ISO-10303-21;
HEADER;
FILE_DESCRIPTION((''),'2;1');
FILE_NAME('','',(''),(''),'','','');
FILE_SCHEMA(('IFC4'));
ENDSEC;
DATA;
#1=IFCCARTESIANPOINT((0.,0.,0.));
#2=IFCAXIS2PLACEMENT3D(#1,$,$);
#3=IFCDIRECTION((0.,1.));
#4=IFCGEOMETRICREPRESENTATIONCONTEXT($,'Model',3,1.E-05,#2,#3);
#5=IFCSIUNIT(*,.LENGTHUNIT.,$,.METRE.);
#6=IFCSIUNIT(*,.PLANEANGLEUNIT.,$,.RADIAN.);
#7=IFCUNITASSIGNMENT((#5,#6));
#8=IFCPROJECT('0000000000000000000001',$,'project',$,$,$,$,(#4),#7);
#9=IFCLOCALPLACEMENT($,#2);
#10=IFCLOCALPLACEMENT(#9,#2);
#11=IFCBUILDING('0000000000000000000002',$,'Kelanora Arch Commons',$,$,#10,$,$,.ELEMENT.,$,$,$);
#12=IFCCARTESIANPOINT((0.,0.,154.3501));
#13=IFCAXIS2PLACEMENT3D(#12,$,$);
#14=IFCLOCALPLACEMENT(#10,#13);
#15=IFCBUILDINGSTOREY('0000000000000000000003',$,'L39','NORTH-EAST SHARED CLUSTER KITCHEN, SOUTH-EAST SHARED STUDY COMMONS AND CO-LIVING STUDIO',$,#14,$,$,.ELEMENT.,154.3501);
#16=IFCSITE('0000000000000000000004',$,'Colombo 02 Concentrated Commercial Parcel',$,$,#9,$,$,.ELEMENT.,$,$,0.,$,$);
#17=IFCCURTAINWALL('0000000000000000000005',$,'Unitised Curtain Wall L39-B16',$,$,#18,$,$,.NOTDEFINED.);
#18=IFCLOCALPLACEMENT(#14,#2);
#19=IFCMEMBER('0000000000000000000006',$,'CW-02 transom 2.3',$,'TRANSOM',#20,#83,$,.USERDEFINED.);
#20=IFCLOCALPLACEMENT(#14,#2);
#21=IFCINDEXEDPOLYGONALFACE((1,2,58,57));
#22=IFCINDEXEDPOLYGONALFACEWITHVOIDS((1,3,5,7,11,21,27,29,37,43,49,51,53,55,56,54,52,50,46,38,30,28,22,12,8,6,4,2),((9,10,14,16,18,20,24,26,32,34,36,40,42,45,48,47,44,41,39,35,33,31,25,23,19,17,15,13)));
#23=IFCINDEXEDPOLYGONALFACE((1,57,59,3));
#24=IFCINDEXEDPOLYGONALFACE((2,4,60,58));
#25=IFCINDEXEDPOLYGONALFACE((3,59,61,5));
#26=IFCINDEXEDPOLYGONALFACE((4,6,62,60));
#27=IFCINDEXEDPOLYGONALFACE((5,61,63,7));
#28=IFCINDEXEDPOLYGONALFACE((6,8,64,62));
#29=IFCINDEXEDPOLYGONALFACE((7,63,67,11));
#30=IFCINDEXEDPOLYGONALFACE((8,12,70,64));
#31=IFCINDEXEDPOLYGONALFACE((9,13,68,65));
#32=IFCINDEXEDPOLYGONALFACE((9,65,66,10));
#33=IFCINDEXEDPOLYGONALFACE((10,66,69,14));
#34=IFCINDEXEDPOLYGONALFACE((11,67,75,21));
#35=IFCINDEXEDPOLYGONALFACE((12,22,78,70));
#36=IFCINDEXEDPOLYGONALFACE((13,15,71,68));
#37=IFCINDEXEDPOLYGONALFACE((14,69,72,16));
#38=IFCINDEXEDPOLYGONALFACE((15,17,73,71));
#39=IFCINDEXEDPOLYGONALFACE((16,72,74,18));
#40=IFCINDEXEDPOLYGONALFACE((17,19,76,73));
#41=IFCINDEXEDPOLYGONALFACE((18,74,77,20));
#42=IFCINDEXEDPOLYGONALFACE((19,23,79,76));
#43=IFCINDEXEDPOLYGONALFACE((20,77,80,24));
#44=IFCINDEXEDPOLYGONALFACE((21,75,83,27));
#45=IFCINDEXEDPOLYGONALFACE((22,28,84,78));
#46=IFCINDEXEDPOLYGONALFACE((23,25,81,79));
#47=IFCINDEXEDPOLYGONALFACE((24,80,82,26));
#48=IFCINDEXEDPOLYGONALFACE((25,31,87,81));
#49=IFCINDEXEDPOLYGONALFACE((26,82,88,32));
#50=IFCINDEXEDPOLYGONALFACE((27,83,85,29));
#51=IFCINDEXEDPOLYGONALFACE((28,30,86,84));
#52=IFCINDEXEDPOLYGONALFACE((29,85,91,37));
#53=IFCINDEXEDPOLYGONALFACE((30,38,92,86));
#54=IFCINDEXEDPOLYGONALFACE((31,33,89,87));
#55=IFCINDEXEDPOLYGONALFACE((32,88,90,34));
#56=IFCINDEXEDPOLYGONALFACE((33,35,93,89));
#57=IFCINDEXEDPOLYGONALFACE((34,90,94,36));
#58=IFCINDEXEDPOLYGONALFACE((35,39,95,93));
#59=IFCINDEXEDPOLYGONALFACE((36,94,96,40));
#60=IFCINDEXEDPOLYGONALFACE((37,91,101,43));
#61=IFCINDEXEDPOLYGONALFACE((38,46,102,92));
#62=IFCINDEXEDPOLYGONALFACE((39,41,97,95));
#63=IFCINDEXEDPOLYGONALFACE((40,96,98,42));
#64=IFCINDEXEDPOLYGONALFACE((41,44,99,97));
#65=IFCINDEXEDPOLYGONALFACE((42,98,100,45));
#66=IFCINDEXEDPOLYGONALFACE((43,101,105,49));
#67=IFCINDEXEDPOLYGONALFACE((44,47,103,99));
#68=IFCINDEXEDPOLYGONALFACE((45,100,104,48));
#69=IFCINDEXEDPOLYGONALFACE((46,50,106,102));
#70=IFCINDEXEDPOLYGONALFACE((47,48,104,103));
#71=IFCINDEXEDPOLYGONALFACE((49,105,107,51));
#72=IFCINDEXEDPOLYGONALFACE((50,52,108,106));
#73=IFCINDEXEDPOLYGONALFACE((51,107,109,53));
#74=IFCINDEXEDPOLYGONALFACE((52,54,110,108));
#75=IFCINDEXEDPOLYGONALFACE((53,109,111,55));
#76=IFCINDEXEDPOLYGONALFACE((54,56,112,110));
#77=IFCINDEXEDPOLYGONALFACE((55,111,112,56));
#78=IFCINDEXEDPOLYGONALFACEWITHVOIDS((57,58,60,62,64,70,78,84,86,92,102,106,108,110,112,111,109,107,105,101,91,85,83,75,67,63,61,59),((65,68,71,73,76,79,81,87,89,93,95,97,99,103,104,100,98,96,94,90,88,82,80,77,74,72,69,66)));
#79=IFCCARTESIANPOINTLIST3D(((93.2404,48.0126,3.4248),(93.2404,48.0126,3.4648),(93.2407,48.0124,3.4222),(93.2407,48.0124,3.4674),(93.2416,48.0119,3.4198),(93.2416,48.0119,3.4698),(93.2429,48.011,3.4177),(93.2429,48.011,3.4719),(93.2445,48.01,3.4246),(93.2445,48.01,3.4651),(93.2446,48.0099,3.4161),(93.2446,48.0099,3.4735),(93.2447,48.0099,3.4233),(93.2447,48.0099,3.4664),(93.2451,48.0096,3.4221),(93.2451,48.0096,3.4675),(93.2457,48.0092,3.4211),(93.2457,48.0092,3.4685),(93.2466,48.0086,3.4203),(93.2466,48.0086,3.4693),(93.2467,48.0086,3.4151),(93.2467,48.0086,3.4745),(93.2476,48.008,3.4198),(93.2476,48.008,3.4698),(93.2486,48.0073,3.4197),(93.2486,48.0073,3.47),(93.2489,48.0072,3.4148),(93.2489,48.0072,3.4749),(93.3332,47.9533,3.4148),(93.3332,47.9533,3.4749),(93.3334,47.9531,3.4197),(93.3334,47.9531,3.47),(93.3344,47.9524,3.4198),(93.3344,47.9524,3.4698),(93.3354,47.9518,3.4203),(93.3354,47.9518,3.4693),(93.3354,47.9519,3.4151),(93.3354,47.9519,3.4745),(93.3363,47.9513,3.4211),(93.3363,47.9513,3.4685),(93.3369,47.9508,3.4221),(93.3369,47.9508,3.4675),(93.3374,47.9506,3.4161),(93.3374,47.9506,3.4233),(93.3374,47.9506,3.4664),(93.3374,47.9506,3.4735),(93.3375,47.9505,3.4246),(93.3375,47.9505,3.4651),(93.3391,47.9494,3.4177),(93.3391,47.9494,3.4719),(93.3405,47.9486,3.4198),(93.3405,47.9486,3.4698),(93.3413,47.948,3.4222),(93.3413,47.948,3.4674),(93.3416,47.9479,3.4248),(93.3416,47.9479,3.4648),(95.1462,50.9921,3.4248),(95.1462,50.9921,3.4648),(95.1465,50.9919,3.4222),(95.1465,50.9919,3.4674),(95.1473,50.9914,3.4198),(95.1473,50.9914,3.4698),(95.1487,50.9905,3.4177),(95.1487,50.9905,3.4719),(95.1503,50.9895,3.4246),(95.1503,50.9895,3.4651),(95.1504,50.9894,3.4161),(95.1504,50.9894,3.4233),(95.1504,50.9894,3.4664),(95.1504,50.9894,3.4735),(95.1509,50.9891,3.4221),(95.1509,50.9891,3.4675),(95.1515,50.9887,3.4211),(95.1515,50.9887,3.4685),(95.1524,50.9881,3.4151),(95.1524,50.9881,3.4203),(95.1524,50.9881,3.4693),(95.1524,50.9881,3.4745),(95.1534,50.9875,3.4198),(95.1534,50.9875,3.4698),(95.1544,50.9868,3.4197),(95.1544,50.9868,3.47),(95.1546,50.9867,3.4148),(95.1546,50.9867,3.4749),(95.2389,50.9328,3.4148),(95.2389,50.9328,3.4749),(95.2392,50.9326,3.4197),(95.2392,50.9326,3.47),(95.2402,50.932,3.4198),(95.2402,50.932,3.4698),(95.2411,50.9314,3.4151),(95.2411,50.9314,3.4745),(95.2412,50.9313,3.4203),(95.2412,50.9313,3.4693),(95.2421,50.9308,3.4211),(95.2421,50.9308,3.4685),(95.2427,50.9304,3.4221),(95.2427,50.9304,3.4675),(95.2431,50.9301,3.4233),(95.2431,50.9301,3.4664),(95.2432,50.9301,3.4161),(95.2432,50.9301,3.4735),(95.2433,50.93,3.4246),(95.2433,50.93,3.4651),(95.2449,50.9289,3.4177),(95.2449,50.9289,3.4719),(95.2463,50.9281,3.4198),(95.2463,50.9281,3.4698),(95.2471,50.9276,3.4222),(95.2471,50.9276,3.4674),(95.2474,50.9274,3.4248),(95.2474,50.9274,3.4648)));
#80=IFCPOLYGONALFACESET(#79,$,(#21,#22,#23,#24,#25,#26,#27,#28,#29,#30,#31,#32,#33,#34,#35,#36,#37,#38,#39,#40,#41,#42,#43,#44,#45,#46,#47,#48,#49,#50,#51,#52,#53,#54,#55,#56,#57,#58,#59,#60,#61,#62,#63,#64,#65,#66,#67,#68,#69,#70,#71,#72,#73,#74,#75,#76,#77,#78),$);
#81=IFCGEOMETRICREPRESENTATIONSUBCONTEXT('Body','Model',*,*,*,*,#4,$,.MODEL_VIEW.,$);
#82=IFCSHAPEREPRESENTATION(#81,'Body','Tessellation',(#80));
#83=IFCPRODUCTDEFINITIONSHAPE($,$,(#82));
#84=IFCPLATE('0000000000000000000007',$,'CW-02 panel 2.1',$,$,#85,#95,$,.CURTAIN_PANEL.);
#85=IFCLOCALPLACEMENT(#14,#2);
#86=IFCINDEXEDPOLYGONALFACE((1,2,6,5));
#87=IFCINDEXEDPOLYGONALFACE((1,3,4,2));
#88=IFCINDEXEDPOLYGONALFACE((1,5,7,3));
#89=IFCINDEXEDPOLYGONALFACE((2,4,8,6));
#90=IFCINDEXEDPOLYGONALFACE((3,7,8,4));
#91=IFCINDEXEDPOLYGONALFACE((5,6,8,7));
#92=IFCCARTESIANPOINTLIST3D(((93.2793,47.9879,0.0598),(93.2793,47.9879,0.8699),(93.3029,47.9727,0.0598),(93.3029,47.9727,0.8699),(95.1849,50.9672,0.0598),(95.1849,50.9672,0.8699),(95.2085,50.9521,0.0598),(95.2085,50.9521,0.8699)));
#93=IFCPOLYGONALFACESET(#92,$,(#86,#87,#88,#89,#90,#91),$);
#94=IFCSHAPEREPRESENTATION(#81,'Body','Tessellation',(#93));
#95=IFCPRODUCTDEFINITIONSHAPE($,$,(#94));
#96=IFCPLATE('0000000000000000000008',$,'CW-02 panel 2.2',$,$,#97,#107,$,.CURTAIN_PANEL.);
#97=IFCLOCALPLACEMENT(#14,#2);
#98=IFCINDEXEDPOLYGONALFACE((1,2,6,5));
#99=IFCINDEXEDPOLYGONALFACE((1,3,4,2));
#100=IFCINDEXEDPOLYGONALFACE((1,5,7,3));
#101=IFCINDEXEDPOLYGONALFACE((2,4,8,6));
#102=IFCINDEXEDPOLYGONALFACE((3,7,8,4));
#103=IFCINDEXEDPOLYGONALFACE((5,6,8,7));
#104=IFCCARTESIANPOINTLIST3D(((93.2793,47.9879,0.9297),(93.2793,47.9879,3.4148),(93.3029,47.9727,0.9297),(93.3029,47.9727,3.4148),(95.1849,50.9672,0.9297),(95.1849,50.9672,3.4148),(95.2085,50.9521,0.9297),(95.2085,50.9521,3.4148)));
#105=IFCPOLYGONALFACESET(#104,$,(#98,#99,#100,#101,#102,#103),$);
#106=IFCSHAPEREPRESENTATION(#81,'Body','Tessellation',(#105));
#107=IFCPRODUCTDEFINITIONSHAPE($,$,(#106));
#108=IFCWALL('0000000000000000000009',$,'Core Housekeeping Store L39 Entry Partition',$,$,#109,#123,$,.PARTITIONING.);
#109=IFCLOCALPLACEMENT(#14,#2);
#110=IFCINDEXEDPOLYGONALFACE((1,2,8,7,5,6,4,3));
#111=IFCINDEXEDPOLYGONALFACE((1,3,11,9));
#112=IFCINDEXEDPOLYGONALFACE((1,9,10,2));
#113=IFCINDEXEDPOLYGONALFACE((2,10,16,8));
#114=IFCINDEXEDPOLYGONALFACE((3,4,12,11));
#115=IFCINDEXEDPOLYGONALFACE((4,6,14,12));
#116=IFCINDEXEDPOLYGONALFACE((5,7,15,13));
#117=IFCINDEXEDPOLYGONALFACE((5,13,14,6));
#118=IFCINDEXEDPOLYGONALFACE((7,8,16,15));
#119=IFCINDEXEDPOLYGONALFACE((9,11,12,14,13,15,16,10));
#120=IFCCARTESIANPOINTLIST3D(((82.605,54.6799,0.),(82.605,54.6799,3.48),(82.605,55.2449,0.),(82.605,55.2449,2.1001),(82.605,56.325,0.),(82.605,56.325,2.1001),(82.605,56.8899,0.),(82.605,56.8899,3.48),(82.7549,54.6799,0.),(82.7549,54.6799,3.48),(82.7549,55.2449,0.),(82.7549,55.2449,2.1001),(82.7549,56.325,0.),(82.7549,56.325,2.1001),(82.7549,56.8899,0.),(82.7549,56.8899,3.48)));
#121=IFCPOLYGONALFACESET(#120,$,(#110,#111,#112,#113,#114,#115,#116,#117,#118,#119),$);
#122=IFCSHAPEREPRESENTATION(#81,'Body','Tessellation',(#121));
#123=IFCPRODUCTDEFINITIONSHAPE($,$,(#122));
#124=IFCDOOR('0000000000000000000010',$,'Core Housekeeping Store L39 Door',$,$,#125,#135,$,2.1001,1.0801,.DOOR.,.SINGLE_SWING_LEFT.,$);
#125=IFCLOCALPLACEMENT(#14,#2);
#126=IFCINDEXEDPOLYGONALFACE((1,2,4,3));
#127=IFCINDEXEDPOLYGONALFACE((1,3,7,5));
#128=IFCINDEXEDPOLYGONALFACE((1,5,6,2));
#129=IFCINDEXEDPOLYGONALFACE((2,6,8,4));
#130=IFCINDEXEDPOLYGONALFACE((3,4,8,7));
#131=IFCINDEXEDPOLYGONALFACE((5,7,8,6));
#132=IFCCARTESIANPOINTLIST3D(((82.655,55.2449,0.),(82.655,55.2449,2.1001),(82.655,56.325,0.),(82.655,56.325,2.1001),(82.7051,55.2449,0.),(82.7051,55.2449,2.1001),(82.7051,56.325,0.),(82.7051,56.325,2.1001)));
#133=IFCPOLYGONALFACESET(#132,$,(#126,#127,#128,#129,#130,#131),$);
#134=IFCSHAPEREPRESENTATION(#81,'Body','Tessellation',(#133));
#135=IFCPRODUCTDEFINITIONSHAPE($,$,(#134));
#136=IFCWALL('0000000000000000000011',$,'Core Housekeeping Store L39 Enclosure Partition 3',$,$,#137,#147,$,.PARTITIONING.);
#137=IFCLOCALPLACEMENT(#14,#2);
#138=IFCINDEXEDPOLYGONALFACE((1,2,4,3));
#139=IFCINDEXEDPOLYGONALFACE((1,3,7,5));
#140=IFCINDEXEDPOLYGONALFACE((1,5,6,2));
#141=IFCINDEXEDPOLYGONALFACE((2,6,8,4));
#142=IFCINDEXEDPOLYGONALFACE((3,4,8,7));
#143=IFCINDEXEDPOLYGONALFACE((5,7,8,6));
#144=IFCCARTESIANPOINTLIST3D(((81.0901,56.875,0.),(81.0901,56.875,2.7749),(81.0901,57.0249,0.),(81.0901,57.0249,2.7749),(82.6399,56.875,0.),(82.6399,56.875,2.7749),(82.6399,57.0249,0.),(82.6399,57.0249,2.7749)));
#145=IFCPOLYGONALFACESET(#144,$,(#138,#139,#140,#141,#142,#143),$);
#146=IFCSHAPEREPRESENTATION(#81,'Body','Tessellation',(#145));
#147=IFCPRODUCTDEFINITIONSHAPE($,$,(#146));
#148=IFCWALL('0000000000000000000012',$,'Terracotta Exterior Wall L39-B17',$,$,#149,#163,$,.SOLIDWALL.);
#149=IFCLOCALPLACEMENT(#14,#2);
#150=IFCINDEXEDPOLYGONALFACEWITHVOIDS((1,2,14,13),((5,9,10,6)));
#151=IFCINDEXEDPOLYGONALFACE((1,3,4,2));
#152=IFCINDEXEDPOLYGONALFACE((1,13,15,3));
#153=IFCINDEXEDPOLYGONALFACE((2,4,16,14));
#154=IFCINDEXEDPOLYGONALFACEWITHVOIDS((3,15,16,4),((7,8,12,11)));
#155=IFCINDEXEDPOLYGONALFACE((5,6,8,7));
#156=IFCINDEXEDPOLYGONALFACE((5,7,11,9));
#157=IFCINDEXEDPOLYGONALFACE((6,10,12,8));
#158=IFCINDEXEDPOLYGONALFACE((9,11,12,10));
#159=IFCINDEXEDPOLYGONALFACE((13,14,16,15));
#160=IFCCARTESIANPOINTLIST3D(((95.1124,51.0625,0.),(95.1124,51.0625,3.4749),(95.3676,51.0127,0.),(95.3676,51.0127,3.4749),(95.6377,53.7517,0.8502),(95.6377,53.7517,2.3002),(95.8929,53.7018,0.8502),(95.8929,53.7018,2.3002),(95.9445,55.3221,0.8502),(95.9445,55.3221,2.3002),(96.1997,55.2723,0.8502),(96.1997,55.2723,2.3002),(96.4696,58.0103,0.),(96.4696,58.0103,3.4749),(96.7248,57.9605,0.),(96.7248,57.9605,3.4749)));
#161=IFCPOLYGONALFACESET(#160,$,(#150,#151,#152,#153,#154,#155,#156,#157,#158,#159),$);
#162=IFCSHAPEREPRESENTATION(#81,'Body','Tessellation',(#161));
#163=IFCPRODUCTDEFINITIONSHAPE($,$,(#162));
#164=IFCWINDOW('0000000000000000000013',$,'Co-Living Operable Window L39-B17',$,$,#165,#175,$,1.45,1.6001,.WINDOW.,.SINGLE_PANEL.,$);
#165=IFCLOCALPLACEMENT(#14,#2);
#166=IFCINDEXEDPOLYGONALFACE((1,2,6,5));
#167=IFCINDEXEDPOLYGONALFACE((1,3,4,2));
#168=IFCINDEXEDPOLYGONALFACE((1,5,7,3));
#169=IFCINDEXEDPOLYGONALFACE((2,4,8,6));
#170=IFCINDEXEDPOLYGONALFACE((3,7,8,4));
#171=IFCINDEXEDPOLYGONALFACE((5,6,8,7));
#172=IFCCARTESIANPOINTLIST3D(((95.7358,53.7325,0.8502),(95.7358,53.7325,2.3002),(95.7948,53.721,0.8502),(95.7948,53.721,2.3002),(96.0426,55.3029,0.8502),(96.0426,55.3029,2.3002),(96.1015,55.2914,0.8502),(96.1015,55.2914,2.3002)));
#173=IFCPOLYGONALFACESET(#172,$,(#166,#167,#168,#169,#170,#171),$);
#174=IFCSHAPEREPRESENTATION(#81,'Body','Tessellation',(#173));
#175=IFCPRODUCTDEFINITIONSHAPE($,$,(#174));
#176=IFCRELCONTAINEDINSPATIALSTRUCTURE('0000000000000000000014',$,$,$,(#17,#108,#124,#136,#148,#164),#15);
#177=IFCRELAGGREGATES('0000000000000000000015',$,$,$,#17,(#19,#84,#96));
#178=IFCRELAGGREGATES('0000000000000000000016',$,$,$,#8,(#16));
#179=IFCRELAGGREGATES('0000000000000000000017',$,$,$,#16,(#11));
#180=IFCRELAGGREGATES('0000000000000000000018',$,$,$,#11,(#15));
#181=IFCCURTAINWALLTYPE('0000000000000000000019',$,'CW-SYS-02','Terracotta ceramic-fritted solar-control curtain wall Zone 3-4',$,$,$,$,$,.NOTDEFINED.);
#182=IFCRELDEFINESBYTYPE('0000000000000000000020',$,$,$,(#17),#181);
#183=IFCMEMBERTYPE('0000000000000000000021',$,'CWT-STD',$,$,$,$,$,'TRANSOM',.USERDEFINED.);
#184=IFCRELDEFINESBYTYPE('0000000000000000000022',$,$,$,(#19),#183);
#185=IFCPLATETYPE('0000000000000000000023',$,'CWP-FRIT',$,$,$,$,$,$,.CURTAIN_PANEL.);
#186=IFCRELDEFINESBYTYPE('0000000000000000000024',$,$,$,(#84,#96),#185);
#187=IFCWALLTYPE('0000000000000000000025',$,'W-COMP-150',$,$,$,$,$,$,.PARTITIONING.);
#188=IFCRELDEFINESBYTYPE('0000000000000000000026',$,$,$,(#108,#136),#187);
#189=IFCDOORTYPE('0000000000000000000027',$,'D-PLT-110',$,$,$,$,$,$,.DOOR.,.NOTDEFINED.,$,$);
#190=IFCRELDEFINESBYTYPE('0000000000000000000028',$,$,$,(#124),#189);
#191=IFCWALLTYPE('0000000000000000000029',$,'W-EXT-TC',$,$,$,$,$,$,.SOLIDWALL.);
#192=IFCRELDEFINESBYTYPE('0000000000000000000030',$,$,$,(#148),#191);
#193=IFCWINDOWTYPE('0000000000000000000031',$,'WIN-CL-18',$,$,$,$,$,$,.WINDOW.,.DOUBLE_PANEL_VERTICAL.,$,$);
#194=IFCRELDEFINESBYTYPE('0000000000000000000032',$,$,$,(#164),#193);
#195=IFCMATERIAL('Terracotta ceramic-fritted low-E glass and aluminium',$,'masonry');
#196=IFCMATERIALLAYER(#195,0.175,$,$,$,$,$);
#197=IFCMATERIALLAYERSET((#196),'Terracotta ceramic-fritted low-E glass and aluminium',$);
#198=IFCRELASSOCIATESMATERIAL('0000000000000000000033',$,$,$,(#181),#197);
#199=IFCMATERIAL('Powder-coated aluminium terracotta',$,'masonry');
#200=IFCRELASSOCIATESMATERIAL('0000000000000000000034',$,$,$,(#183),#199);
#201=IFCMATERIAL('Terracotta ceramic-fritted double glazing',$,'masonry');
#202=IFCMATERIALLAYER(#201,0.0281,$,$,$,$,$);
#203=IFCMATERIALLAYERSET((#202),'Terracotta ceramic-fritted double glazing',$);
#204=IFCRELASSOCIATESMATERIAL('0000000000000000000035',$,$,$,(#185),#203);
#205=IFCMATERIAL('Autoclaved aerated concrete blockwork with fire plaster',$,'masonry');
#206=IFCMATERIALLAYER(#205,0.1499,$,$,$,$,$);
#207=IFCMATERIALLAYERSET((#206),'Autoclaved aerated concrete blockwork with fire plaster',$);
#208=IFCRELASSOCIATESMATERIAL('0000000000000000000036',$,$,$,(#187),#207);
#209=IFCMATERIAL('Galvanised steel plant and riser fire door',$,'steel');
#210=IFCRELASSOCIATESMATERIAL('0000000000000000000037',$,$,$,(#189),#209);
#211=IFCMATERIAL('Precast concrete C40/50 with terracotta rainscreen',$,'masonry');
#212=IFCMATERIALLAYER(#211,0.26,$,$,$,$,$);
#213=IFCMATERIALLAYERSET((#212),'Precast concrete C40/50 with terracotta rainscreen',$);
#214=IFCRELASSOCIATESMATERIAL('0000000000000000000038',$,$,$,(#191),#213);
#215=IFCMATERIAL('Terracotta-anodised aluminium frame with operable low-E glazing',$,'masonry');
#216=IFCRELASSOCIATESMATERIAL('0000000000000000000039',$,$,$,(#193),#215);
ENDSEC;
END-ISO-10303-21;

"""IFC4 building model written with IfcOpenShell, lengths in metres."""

from ifc_helpers import new_model, si_unit, direction, frame, frame_2d, origin, origin_2d, place, context, subcontext, project, spatial, rectangle, hollow_rectangle, extrude, source, transform, mapped, material, layer, layer_set, material_profile, profile_set, type_object, element, fill, aggregate, save


model = new_model("IFC4")

# Units and contexts
model_context = context("Model", 3, precision=1e-05, world=origin(), true_north=direction((0.0, 1.0)))
body_context = subcontext(model_context, "Body", "Model", "MODEL_VIEW")
ifc_project = project(units=[si_unit("LENGTHUNIT", "METRE"), si_unit("PLANEANGLEUNIT", "RADIAN")], contexts=[model_context])

# Site, building, storey
site_placement = place(None, origin())
site = spatial("IfcSite", under=ifc_project, at=site_placement, Name="Colombo 02 Concentrated Commercial Parcel", CompositionType="ELEMENT", RefElevation=0.0)
building_placement = place(site_placement, origin())
building = spatial("IfcBuilding", under=site, at=building_placement, Name="Kelanora Arch Commons", CompositionType="ELEMENT")
storey_placement = place(building_placement, frame((0.0, 0.0, 154.3501)))
storey = spatial("IfcBuildingStorey", under=building, at=storey_placement, Name="L39", Description="NORTH-EAST SHARED CLUSTER KITCHEN, SOUTH-EAST SHARED STUDY COMMONS AND CO-LIVING STUDIO", CompositionType="ELEMENT", Elevation=154.3501)

# Curtain wall, member, plates
ifc_material_1 = material(Name="Terracotta ceramic-fritted low-E glass and aluminium", Category="masonry")
ifc_layer_1 = layer(ifc_material_1, 0.175)
ifc_layer_set_1 = layer_set([ifc_layer_1], Name="Terracotta ceramic-fritted low-E glass and aluminium")
curtain_wall_type = type_object("IfcCurtainWallType", Name="CW-SYS-02", Description="Terracotta ceramic-fritted solar-control curtain wall Zone 3-4", PredefinedType="NOTDEFINED", material=ifc_layer_set_1)
curtain_wall_placement = place(storey_placement, origin())
curtain_wall = element("IfcCurtainWall", 1, at=curtain_wall_placement, inside=storey, type_object=curtain_wall_type, Name="Unitised Curtain Wall L39-B16", PredefinedType="NOTDEFINED")
ifc_material_2 = material(Name="Powder-coated aluminium terracotta", Category="masonry")
ifc_material_profile_1 = material_profile(ifc_material_2, hollow_rectangle(XDim=0.1201, YDim=0.0601, WallThickness=0.0049, InnerFilletRadius=0.0049, OuterFilletRadius=0.01, at=origin_2d()), Name="CWT120x60")
ifc_profile_set_1 = profile_set([ifc_material_profile_1], Name="Powder-coated aluminium terracotta")
member_type_1 = type_object("IfcMemberType", Name="CWT-STD", ElementType="TRANSOM", PredefinedType="USERDEFINED", material=ifc_profile_set_1)
member_1_placement = place(storey_placement, frame((93.291, 47.9802, 3.4448), z_axis=(0.53883, 0.842414, 0.0), x_axis=(-0.842414, 0.53883, 0.0)))
member_1 = element("IfcMember", 2, at=member_1_placement, type_object=member_type_1, Name="CW-02 transom 2.3", ObjectType="TRANSOM", PredefinedType="USERDEFINED", context=body_context, shape_type="SweptSolid", body=[
    extrude(hollow_rectangle(XDim=0.1201, YDim=0.0601, WallThickness=0.0049, InnerFilletRadius=0.0049, OuterFilletRadius=0.01, at=origin_2d()), origin(), (0.0, 0.0, 1.0), 3.5369),
])
ifc_material_3 = material(Name="Terracotta ceramic-fritted double glazing", Category="masonry")
ifc_layer_2 = layer(ifc_material_3, 0.0281)
ifc_layer_set_2 = layer_set([ifc_layer_2], Name="Terracotta ceramic-fritted double glazing")
plate_type = type_object("IfcPlateType", Name="CWP-FRIT", PredefinedType="CURTAIN_PANEL", material=ifc_layer_set_2)
shared_shape_1 = source(origin(), body_context, "Body", "SweptSolid", [
    extrude(rectangle(XDim=3.5366, YDim=0.0281, at=origin_2d()), origin(), (0.0, 0.0, 1.0), 0.8101),
])
plate_1_placement = place(storey_placement, frame((94.2439, 49.47, 0.0598), z_axis=(0.0, 0.0, 1.0), x_axis=(0.538817, 0.842423, 0.0)))
plate_1 = element("IfcPlate", 3, at=plate_1_placement, type_object=plate_type, Name="CW-02 panel 2.1", PredefinedType="CURTAIN_PANEL", context=body_context, shape_type="MappedRepresentation", body=[
    mapped(shared_shape_1, transform((0.0, 0.0, 0.0), scale=1.0)),
])
shared_shape_2 = source(origin(), body_context, "Body", "SweptSolid", [
    extrude(rectangle(XDim=3.5366, YDim=0.0281, at=origin_2d()), origin(), (0.0, 0.0, 1.0), 2.4851),
])
plate_2_placement = place(storey_placement, frame((94.2439, 49.47, 0.9297), z_axis=(0.0, 0.0, 1.0), x_axis=(0.538817, 0.842423, 0.0)))
plate_2 = element("IfcPlate", 4, at=plate_2_placement, type_object=plate_type, Name="CW-02 panel 2.2", PredefinedType="CURTAIN_PANEL", context=body_context, shape_type="MappedRepresentation", body=[
    mapped(shared_shape_2, transform((0.0, 0.0, 0.0), scale=1.0)),
])
aggregate(curtain_wall, [member_1, plate_1, plate_2])

# Wall, opening, door
ifc_material_4 = material(Name="Autoclaved aerated concrete blockwork with fire plaster", Category="masonry")
ifc_layer_3 = layer(ifc_material_4, 0.1499)
ifc_layer_set_3 = layer_set([ifc_layer_3], Name="Autoclaved aerated concrete blockwork with fire plaster")
wall_type_1 = type_object("IfcWallType", Name="W-COMP-150", PredefinedType="PARTITIONING", material=ifc_layer_set_3)
wall_1_placement = place(storey_placement, frame((82.6799, 54.6799, 0.0), z_axis=(0.0, 0.0, 1.0), x_axis=(0.0, 1.0, 0.0)))
wall_1 = element("IfcWall", 5, at=wall_1_placement, inside=storey, type_object=wall_type_1, Name="Core Housekeeping Store L39 Entry Partition", PredefinedType="PARTITIONING", context=body_context, shape_type="SweptSolid", body=[
    extrude(rectangle(XDim=2.21, YDim=0.1499, at=frame_2d((1.105, 0.0))), origin(), (0.0, 0.0, 1.0), 3.48),
])
opening_1_placement = place(wall_1_placement, frame((0.5649, 0.0, 0.0)))
opening_1 = element("IfcOpeningElement", 6, at=opening_1_placement, cuts=wall_1, PredefinedType="OPENING", context=body_context, shape_type="SweptSolid", body=[
    extrude(rectangle(XDim=1.0801, YDim=2.1001, at=frame_2d((0.54, 1.05))), frame((0.0, 0.085, 0.0), z_axis=(0.0, -1.0, 0.0), x_axis=(1.0, 0.0, 0.0)), (0.0, 0.0, 1.0), 0.1699),
])
ifc_material_5 = material(Name="Galvanised steel plant and riser fire door", Category="steel")
door_type = type_object("IfcDoorType", Name="D-PLT-110", OperationType="NOTDEFINED", PredefinedType="DOOR", material=ifc_material_5)
door_placement = place(opening_1_placement, origin())
door = element("IfcDoor", 7, at=door_placement, inside=storey, type_object=door_type, Name="Core Housekeeping Store L39 Door", OperationType="SINGLE_SWING_LEFT", OverallHeight=2.1001, OverallWidth=1.0801, PredefinedType="DOOR", context=body_context, shape_type="SweptSolid", body=[
    extrude(rectangle(XDim=1.0801, YDim=2.1001, at=frame_2d((0.54, 1.05))), frame((0.0, 0.0249, 0.0), z_axis=(0.0, -1.0, 0.0), x_axis=(1.0, 0.0, 0.0)), (0.0, 0.0, 1.0), 0.05),
])
fill(opening_1, door)

# Wall
wall_2_placement = place(storey_placement, frame((82.6399, 56.95, 0.0), z_axis=(0.0, 0.0, 1.0), x_axis=(-1.0, 0.0, 0.0)))
element("IfcWall", 8, at=wall_2_placement, inside=storey, type_object=wall_type_1, Name="Core Housekeeping Store L39 Enclosure Partition 3", PredefinedType="PARTITIONING", context=body_context, shape_type="SweptSolid", body=[
    extrude(rectangle(XDim=1.5498, YDim=0.1499, at=frame_2d((0.7749, 0.0))), origin(), (0.0, 0.0, 1.0), 2.7749),
])

# Wall, opening, window
ifc_material_6 = material(Name="Precast concrete C40/50 with terracotta rainscreen", Category="masonry")
ifc_layer_4 = layer(ifc_material_6, 0.26)
ifc_layer_set_4 = layer_set([ifc_layer_4], Name="Precast concrete C40/50 with terracotta rainscreen")
wall_type_2 = type_object("IfcWallType", Name="W-EXT-TC", PredefinedType="SOLIDWALL", material=ifc_layer_set_4)
wall_3_placement = place(storey_placement, frame((95.24, 51.0376, 0.0), z_axis=(0.0, 0.0, 1.0), x_axis=(0.191717, 0.98145, 0.0)))
wall_3 = element("IfcWall", 9, at=wall_3_placement, inside=storey, type_object=wall_type_2, Name="Terracotta Exterior Wall L39-B17", PredefinedType="SOLIDWALL", context=body_context, shape_type="SweptSolid", body=[
    extrude(rectangle(XDim=7.0791, YDim=0.26, at=frame_2d((3.5396, 0.0))), origin(), (0.0, 0.0, 1.0), 3.4749),
])
opening_2_placement = place(wall_3_placement, frame((2.74, 0.0, 0.8501)))
opening_2 = element("IfcOpeningElement", 10, at=opening_2_placement, cuts=wall_3, PredefinedType="OPENING", context=body_context, shape_type="SweptSolid", body=[
    extrude(rectangle(XDim=1.6001, YDim=1.45, at=frame_2d((0.8, 0.7251))), frame((0.0, 0.1401, 0.0), z_axis=(0.0, -1.0, 0.0), x_axis=(1.0, 0.0, 0.0)), (0.0, 0.0, 1.0), 0.28),
])
ifc_material_7 = material(Name="Terracotta-anodised aluminium frame with operable low-E glazing", Category="masonry")
window_type = type_object("IfcWindowType", Name="WIN-CL-18", PartitioningType="DOUBLE_PANEL_VERTICAL", PredefinedType="WINDOW", material=ifc_material_7)
window_placement = place(opening_2_placement, origin())
window = element("IfcWindow", 11, at=window_placement, inside=storey, type_object=window_type, Name="Co-Living Operable Window L39-B17", OverallHeight=1.45, OverallWidth=1.6001, PartitioningType="SINGLE_PANEL", PredefinedType="WINDOW", context=body_context, shape_type="SweptSolid", body=[
    extrude(rectangle(XDim=1.6001, YDim=1.45, at=frame_2d((0.8, 0.7251))), frame((0.0, 0.03, 0.0), z_axis=(0.0, -1.0, 0.0), x_axis=(1.0, 0.0, 0.0)), (0.0, 0.0, 1.0), 0.0601),
])
fill(opening_2, window)

save(model, "model.ifc")
